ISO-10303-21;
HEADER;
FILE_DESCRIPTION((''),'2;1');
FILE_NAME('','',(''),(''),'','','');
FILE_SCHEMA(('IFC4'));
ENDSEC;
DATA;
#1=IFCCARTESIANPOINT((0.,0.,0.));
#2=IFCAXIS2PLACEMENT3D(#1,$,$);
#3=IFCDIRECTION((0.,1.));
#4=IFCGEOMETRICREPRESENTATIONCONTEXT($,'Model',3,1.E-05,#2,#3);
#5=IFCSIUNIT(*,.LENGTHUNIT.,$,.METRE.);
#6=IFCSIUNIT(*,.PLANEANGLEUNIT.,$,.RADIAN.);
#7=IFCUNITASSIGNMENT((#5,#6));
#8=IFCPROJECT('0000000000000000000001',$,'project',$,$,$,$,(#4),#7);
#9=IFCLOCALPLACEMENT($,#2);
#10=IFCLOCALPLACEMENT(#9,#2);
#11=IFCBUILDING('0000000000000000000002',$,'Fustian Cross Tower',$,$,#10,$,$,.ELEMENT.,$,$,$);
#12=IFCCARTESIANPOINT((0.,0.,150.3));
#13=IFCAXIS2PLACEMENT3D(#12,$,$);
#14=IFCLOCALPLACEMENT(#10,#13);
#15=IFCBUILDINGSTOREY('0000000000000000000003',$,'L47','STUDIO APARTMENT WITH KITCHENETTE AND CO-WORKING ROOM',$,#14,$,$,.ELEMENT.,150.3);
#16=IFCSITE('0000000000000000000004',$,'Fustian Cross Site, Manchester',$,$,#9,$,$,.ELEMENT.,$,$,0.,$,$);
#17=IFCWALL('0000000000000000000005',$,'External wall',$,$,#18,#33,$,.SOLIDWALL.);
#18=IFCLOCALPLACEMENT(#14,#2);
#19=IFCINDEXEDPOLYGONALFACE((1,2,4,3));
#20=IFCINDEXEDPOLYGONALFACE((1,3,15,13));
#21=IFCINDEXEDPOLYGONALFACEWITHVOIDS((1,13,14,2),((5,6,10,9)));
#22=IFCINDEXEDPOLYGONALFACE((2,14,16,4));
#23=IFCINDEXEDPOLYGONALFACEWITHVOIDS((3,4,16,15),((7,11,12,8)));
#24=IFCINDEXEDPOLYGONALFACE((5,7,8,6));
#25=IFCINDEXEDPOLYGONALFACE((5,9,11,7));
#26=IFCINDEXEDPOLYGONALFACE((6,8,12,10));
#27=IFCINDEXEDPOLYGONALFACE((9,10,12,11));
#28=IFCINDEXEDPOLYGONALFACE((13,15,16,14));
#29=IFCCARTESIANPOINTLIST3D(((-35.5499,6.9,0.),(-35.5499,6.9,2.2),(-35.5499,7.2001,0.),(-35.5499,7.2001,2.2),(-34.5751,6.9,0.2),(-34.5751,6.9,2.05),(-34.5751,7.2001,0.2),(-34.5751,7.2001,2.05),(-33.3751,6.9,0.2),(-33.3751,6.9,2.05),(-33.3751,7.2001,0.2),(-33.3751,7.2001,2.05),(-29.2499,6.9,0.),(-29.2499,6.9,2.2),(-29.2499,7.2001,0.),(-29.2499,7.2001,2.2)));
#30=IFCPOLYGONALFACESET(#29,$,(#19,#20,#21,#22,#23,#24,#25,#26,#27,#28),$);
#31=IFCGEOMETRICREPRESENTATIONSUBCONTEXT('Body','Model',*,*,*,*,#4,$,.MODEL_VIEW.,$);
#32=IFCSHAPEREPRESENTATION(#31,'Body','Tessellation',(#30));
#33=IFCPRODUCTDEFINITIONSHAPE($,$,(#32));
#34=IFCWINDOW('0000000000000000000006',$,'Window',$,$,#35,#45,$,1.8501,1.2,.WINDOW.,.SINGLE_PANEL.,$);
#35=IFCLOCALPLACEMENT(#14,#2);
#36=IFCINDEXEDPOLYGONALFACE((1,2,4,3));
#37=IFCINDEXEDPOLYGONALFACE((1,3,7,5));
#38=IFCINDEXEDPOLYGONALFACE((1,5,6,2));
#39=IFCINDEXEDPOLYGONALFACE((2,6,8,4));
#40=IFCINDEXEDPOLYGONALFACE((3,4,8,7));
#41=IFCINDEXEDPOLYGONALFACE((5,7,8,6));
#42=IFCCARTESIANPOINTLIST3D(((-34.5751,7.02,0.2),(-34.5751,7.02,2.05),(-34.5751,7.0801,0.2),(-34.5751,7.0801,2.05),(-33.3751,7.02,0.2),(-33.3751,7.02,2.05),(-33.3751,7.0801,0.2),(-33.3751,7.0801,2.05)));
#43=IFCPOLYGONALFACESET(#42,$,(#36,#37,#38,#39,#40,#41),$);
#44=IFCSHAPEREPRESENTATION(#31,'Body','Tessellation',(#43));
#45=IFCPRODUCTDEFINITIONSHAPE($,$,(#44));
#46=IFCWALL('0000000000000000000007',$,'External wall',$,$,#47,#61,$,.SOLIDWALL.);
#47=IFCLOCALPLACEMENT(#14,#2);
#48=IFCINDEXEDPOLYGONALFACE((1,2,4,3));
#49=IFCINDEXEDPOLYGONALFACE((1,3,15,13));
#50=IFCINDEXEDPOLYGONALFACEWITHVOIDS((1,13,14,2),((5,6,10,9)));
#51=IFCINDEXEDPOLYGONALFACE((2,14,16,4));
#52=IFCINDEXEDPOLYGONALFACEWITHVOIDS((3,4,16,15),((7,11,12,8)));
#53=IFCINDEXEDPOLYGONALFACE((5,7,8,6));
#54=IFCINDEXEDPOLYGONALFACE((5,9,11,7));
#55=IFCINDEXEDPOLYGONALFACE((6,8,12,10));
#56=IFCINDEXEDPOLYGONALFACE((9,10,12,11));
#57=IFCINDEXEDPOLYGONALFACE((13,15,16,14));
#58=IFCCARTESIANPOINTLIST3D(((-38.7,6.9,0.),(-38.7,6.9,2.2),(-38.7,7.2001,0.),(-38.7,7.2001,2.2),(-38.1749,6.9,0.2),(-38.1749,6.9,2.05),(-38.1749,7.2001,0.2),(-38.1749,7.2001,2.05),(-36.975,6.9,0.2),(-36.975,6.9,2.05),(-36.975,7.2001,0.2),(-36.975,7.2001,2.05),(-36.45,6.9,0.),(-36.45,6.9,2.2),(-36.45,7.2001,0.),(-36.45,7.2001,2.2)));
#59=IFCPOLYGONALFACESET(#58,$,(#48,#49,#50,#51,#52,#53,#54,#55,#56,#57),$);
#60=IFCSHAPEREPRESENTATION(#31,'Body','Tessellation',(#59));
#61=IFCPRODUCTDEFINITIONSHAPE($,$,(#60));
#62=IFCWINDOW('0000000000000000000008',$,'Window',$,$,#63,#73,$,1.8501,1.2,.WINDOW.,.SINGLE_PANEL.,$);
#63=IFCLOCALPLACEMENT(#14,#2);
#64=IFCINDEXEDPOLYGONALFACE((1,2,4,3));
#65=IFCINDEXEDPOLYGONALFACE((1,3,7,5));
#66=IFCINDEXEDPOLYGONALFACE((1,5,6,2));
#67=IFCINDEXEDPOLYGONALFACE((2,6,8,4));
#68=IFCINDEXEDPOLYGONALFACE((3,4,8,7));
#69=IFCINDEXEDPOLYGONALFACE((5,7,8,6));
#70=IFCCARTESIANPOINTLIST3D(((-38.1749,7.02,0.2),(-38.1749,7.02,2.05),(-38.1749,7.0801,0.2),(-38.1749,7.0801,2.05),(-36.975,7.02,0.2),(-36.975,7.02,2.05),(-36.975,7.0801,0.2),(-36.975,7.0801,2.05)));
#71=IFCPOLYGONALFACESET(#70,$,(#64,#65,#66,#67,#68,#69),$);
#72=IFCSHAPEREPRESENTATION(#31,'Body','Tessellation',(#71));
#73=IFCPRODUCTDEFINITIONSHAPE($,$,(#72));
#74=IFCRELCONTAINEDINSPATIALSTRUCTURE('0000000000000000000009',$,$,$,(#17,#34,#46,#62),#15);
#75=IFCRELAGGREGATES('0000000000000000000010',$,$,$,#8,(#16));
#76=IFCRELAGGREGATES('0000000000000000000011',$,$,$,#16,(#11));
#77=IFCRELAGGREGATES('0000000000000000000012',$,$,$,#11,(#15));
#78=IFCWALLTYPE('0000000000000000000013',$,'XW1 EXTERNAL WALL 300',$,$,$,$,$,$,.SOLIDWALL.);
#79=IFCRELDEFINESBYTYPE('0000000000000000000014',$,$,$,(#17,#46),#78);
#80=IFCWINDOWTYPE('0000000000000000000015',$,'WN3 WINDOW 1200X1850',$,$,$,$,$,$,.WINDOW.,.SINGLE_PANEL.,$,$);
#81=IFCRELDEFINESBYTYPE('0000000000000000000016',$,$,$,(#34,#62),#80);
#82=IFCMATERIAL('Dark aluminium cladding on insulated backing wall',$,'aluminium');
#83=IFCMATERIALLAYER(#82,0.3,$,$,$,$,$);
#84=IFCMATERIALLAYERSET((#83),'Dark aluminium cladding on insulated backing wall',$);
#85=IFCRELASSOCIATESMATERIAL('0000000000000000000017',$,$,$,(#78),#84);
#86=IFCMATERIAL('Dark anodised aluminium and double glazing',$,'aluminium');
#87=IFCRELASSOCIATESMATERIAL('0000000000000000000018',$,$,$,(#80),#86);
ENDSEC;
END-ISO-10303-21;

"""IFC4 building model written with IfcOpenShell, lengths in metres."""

from ifc_helpers import new_model, si_unit, direction, frame, frame_2d, origin, place, context, subcontext, project, spatial, rectangle, extrude, material, layer, layer_set, type_object, element, fill, save


model = new_model("IFC4")

# Units and contexts
model_context = context("Model", 3, precision=1e-05, world=origin(), true_north=direction((0.0, 1.0)))
body_context = subcontext(model_context, "Body", "Model", "MODEL_VIEW")
ifc_project = project(units=[si_unit("LENGTHUNIT", "METRE"), si_unit("PLANEANGLEUNIT", "RADIAN")], contexts=[model_context])

# Site, building, storey
site_placement = place(None, origin())
site = spatial("IfcSite", under=ifc_project, at=site_placement, Name="Fustian Cross Site, Manchester", CompositionType="ELEMENT", RefElevation=0.0)
building_placement = place(site_placement, origin())
building = spatial("IfcBuilding", under=site, at=building_placement, Name="Fustian Cross Tower", CompositionType="ELEMENT")
storey_placement = place(building_placement, frame((0.0, 0.0, 150.3)))
storey = spatial("IfcBuildingStorey", under=building, at=storey_placement, Name="L47", Description="STUDIO APARTMENT WITH KITCHENETTE AND CO-WORKING ROOM", CompositionType="ELEMENT", Elevation=150.3)

# Walls, openings, windows
ifc_material_1 = material(Name="Dark aluminium cladding on insulated backing wall", Category="aluminium")
ifc_layer_1 = layer(ifc_material_1, 0.3)
ifc_layer_set_1 = layer_set([ifc_layer_1], Name="Dark aluminium cladding on insulated backing wall")
wall_type_1 = type_object("IfcWallType", Name="XW1 EXTERNAL WALL 300", PredefinedType="SOLIDWALL", material=ifc_layer_set_1)
wall_1_placement = place(storey_placement, frame((-29.25, 7.05, 0.0), z_axis=(0.0, 0.0, 1.0), x_axis=(-1.0, 0.0, 0.0)))
wall_1 = element("IfcWall", 1, at=wall_1_placement, inside=storey, type_object=wall_type_1, Name="External wall", PredefinedType="SOLIDWALL", context=body_context, shape_type="SweptSolid", body=[
    extrude(rectangle(XDim=6.3, YDim=0.3, at=frame_2d((3.1499, 0.0))), origin(), (0.0, 0.0, 1.0), 2.2),
])
opening_1_placement = place(wall_1_placement, frame((4.125, 0.0, 0.2)))
opening_1 = element("IfcOpeningElement", 2, at=opening_1_placement, cuts=wall_1, PredefinedType="OPENING", context=body_context, shape_type="SweptSolid", body=[
    extrude(rectangle(XDim=1.2, YDim=1.8501, at=frame_2d((0.6001, 0.925))), frame((0.0, 0.1599, 0.0), z_axis=(0.0, -1.0, 0.0), x_axis=(1.0, 0.0, 0.0)), (0.0, 0.0, 1.0), 0.3201),
])
ifc_material_2 = material(Name="Dark anodised aluminium and double glazing", Category="aluminium")
window_type = type_object("IfcWindowType", Name="WN3 WINDOW 1200X1850", PartitioningType="SINGLE_PANEL", PredefinedType="WINDOW", material=ifc_material_2)
window_1_placement = place(opening_1_placement, origin())
window_1 = element("IfcWindow", 3, at=window_1_placement, inside=storey, type_object=window_type, Name="Window", OverallHeight=1.8501, OverallWidth=1.2, PartitioningType="SINGLE_PANEL", PredefinedType="WINDOW", context=body_context, shape_type="SweptSolid", body=[
    extrude(rectangle(XDim=1.2, YDim=1.8501, at=frame_2d((0.6001, 0.925))), frame((0.0, 0.03, 0.0), z_axis=(0.0, -1.0, 0.0), x_axis=(1.0, 0.0, 0.0)), (0.0, 0.0, 1.0), 0.0601),
])
fill(opening_1, window_1)
wall_2_placement = place(storey_placement, frame((-36.45, 7.05, 0.0), z_axis=(0.0, 0.0, 1.0), x_axis=(-1.0, 0.0, 0.0)))
wall_2 = element("IfcWall", 4, at=wall_2_placement, inside=storey, type_object=wall_type_1, Name="External wall", PredefinedType="SOLIDWALL", context=body_context, shape_type="SweptSolid", body=[
    extrude(rectangle(XDim=2.25, YDim=0.3, at=frame_2d((1.125, 0.0))), origin(), (0.0, 0.0, 1.0), 2.2),
])
opening_2_placement = place(wall_2_placement, frame((0.5249, 0.0, 0.2)))
opening_2 = element("IfcOpeningElement", 5, at=opening_2_placement, cuts=wall_2, PredefinedType="OPENING", context=body_context, shape_type="SweptSolid", body=[
    extrude(rectangle(XDim=1.2, YDim=1.8501, at=frame_2d((0.6001, 0.925))), frame((0.0, 0.1599, 0.0), z_axis=(0.0, -1.0, 0.0), x_axis=(1.0, 0.0, 0.0)), (0.0, 0.0, 1.0), 0.3201),
])
window_2_placement = place(opening_2_placement, origin())
window_2 = element("IfcWindow", 6, at=window_2_placement, inside=storey, type_object=window_type, Name="Window", OverallHeight=1.8501, OverallWidth=1.2, PartitioningType="SINGLE_PANEL", PredefinedType="WINDOW", context=body_context, shape_type="SweptSolid", body=[
    extrude(rectangle(XDim=1.2, YDim=1.8501, at=frame_2d((0.6001, 0.925))), frame((0.0, 0.03, 0.0), z_axis=(0.0, -1.0, 0.0), x_axis=(1.0, 0.0, 0.0)), (0.0, 0.0, 1.0), 0.0601),
])
fill(opening_2, window_2)

save(model, "model.ifc")
